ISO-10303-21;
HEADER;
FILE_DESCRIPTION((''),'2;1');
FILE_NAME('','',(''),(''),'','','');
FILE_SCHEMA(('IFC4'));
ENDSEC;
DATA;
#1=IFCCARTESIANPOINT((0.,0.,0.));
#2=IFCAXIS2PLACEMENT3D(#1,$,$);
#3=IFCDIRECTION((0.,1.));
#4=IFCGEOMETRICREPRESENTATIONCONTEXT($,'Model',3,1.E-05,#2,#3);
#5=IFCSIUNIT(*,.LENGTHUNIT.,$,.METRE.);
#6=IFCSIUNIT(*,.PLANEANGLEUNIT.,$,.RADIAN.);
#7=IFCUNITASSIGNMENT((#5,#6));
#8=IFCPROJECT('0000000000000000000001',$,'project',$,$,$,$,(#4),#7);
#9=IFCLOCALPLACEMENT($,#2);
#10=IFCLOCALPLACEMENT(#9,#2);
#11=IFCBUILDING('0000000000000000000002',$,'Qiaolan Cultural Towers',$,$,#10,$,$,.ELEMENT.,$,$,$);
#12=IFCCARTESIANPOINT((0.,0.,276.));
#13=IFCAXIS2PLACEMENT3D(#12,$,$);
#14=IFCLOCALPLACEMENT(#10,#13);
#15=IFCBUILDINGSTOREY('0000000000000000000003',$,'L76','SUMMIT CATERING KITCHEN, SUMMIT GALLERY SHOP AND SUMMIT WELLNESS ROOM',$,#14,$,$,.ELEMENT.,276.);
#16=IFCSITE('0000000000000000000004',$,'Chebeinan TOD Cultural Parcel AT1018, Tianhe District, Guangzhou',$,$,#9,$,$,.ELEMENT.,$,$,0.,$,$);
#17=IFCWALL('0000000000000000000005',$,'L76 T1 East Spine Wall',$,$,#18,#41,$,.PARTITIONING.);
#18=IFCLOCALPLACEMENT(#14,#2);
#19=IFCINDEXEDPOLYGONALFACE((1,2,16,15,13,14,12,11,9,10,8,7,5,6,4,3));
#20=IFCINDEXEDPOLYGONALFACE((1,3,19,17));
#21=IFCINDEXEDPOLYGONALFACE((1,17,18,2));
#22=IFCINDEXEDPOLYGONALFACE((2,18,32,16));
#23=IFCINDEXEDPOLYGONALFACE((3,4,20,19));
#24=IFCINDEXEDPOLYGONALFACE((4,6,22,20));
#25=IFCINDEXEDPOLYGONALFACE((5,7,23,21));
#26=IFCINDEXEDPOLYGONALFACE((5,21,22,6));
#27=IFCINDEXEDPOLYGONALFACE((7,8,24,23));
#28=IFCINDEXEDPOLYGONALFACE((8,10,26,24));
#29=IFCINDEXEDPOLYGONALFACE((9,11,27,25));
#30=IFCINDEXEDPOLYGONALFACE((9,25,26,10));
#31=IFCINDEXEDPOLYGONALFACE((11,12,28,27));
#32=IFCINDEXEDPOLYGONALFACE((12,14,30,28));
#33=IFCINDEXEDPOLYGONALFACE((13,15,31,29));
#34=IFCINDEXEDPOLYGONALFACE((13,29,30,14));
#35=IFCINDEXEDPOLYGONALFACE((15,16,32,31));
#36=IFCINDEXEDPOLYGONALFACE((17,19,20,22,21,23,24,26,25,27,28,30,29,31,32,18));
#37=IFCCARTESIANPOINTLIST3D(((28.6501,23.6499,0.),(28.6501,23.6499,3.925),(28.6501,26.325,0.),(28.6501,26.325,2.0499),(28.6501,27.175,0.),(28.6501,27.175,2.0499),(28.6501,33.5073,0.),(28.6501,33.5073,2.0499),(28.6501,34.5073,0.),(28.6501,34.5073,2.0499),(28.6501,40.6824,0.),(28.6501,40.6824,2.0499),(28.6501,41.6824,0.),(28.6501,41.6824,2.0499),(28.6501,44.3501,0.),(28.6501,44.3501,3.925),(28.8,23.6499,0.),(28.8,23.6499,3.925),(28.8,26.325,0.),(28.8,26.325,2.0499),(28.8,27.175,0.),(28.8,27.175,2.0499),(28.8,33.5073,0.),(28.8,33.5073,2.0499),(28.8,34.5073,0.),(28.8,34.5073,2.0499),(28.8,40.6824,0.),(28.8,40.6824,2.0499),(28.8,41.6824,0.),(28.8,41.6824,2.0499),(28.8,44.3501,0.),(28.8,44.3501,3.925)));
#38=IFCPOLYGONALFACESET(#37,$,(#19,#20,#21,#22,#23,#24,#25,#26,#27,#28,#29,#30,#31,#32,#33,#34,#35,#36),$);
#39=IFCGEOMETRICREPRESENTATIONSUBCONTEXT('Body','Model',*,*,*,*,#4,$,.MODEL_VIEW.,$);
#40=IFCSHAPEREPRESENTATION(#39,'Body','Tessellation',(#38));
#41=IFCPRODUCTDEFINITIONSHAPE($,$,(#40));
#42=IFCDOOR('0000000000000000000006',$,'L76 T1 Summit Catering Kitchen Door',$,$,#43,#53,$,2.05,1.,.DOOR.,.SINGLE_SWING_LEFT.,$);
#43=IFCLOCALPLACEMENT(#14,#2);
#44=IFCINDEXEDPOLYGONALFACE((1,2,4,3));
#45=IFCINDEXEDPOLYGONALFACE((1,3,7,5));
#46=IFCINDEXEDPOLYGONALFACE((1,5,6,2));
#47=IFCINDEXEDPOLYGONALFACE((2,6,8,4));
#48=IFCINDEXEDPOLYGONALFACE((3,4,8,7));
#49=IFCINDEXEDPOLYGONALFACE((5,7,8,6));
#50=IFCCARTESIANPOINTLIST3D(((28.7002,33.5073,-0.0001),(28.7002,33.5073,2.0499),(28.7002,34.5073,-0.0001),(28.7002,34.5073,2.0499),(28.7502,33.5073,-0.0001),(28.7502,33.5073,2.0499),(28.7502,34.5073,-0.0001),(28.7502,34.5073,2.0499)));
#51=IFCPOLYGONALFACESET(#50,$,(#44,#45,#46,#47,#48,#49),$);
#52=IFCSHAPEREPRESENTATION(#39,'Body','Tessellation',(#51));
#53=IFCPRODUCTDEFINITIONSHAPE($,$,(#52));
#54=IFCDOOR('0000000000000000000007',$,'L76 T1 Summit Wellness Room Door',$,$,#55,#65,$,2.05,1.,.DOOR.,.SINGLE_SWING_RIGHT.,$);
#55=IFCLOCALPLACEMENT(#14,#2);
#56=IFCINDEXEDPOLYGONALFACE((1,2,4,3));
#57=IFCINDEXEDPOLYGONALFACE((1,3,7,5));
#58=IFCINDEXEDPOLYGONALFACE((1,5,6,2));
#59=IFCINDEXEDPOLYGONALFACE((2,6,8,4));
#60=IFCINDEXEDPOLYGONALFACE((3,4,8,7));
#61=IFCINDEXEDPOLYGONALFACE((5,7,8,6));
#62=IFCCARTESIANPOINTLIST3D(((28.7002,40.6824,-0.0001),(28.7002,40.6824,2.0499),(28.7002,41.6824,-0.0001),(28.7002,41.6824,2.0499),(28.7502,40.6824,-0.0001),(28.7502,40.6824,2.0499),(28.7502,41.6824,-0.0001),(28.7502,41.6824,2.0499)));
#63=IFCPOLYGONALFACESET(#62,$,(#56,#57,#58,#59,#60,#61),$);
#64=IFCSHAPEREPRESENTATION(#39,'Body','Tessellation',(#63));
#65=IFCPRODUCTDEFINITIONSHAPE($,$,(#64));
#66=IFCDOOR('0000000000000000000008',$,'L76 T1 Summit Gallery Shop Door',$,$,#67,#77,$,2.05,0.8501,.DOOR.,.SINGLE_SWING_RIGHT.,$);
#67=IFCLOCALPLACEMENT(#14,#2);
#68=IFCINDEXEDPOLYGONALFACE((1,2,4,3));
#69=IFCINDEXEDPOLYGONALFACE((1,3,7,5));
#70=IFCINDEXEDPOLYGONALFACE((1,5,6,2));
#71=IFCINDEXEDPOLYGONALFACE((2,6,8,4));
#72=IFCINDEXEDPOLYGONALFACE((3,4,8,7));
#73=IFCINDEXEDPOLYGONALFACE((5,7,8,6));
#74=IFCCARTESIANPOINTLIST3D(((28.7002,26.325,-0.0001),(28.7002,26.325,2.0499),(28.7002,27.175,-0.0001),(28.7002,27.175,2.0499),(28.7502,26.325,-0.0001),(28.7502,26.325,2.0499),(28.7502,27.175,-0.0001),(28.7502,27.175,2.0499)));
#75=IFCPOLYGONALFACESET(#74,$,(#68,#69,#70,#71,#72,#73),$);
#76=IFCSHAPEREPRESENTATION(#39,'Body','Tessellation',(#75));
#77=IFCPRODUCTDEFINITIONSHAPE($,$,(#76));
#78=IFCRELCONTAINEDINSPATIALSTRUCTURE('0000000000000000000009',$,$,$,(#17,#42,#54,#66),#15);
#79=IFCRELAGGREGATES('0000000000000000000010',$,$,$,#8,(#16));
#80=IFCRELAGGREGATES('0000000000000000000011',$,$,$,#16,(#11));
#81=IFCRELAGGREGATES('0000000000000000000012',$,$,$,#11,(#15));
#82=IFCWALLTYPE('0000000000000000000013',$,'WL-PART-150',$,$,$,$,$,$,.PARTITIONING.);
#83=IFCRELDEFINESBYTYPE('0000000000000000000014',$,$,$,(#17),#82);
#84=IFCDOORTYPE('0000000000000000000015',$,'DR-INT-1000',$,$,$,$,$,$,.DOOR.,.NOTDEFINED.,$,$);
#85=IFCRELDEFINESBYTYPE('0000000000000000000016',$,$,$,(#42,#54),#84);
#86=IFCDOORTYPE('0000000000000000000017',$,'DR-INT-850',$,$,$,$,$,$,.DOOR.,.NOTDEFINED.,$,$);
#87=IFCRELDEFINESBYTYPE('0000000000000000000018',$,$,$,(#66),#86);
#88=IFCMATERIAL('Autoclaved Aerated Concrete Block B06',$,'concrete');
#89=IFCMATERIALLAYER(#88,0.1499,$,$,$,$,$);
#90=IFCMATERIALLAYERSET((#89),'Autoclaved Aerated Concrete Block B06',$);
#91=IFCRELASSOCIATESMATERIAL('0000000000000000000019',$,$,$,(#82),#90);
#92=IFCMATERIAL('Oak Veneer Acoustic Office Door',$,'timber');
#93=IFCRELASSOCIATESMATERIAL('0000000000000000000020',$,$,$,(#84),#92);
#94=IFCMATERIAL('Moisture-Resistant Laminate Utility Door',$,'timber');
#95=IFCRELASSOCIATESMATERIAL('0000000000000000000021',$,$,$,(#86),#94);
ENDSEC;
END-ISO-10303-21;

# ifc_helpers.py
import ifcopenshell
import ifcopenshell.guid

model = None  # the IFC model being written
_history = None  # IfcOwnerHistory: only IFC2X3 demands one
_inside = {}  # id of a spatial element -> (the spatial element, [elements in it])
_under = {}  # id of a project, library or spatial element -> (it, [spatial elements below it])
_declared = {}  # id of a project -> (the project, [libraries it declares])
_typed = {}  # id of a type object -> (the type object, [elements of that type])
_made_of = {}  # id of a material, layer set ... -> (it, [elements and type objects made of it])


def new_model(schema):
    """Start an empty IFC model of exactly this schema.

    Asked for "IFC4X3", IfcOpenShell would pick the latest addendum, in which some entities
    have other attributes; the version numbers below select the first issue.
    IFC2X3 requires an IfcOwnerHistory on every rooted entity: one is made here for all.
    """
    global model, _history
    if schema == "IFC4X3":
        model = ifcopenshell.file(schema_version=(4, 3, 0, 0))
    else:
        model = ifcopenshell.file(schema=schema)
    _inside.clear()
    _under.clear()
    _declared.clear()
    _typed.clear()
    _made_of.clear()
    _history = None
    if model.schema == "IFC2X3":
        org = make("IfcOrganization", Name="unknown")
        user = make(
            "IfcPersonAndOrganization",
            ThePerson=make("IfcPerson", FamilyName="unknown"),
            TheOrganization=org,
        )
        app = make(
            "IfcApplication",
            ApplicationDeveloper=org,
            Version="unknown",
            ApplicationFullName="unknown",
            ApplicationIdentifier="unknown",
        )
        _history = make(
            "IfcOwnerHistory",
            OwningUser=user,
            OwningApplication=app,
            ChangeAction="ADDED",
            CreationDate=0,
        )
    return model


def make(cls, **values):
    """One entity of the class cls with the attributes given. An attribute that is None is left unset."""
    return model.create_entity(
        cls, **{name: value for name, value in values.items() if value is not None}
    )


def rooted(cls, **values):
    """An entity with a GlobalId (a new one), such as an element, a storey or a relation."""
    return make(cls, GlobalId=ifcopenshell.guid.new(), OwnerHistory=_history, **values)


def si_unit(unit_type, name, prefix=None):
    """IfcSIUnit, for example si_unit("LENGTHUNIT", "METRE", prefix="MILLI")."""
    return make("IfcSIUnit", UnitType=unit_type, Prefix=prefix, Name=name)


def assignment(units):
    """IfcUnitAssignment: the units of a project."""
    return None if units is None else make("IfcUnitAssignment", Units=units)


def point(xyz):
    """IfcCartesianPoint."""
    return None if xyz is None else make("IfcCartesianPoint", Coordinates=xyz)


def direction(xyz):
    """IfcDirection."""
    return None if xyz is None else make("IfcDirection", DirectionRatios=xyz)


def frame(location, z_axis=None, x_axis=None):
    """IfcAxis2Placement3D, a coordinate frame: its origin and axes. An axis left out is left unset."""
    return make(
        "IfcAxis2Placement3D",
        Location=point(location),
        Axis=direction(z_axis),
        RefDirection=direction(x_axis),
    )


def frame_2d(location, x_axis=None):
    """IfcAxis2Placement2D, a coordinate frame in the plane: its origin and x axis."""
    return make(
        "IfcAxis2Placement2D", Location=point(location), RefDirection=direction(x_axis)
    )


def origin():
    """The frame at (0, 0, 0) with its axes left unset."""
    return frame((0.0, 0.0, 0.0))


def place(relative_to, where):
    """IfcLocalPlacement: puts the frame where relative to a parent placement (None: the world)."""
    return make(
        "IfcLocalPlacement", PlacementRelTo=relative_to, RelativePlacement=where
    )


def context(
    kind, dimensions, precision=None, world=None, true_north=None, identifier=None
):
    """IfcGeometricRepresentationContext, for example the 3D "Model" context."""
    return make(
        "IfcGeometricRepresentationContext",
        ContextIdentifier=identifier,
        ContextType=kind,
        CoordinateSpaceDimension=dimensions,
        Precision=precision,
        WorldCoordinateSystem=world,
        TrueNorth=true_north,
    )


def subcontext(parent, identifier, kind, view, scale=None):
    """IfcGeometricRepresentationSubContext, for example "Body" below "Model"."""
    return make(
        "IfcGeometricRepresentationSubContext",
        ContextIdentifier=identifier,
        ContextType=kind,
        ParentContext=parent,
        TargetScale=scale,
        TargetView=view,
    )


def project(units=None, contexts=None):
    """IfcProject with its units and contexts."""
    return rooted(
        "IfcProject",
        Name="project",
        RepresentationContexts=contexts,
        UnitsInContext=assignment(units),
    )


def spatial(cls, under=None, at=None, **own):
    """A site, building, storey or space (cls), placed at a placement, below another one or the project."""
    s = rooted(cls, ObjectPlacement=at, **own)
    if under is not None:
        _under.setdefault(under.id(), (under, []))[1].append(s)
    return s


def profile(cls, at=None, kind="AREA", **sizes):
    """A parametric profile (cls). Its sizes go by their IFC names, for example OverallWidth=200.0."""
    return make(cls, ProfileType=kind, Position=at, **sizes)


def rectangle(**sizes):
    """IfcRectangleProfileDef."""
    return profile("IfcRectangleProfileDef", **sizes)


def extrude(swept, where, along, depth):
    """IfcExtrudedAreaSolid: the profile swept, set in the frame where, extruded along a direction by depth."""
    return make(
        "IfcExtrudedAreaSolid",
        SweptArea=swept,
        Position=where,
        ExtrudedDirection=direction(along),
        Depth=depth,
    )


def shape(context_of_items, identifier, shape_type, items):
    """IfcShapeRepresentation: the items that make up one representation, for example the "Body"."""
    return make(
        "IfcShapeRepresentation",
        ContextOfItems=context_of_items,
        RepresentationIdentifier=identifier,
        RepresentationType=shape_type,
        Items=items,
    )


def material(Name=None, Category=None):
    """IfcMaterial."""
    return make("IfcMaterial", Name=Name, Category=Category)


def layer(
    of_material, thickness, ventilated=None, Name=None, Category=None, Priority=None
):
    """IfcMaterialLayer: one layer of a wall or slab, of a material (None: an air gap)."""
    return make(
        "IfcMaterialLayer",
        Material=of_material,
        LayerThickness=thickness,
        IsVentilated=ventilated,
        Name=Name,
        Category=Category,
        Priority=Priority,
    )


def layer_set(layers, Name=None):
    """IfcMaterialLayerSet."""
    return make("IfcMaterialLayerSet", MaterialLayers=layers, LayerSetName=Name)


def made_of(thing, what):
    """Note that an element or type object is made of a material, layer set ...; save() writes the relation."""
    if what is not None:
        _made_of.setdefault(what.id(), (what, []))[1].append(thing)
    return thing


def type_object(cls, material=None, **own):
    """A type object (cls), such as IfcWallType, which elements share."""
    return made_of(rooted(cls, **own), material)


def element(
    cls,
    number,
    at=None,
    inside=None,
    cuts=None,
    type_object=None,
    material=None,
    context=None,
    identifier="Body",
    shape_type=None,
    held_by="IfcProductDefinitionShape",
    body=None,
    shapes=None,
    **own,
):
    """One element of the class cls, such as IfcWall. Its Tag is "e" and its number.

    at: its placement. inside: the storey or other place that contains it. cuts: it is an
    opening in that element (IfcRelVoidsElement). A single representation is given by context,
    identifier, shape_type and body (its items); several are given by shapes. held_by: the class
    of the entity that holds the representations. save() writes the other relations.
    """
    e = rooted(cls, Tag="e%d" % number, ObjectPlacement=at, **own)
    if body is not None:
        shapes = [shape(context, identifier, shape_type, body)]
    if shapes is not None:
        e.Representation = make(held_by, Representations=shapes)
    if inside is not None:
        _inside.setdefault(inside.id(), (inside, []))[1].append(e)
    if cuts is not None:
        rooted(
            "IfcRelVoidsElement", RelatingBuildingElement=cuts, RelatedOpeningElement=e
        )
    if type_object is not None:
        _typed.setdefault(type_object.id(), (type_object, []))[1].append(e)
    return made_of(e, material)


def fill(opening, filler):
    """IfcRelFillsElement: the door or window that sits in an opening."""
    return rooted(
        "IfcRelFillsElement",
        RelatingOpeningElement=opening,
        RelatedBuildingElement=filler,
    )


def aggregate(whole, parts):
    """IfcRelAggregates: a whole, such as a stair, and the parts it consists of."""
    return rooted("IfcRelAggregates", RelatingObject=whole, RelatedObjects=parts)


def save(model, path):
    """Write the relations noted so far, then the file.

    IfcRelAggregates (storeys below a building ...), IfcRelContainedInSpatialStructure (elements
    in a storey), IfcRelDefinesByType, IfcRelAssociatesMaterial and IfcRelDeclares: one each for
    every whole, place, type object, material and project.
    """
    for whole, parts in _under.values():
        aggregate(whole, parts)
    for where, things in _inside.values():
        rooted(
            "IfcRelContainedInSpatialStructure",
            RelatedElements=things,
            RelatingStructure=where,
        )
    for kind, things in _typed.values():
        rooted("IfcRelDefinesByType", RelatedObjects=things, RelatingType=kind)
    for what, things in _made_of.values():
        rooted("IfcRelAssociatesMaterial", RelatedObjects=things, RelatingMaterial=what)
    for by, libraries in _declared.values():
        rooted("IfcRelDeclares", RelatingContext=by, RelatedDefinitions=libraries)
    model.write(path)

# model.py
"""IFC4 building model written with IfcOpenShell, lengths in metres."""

from ifc_helpers import new_model, si_unit, direction, frame, frame_2d, origin, place, context, subcontext, project, spatial, rectangle, extrude, material, layer, layer_set, type_object, element, fill, save


model = new_model("IFC4")

# Units and contexts
model_context = context("Model", 3, precision=1e-05, world=origin(), true_north=direction((0.0, 1.0)))
body_context = subcontext(model_context, "Body", "Model", "MODEL_VIEW")
ifc_project = project(units=[si_unit("LENGTHUNIT", "METRE"), si_unit("PLANEANGLEUNIT", "RADIAN")], contexts=[model_context])

# Site, building, storey
site_placement = place(None, origin())
site = spatial("IfcSite", under=ifc_project, at=site_placement, Name="Chebeinan TOD Cultural Parcel AT1018, Tianhe District, Guangzhou", CompositionType="ELEMENT", RefElevation=0.0)
building_placement = place(site_placement, origin())
building = spatial("IfcBuilding", under=site, at=building_placement, Name="Qiaolan Cultural Towers", CompositionType="ELEMENT")
storey_placement = place(building_placement, frame((0.0, 0.0, 276.0)))
storey = spatial("IfcBuildingStorey", under=building, at=storey_placement, Name="L76", Description="SUMMIT CATERING KITCHEN, SUMMIT GALLERY SHOP AND SUMMIT WELLNESS ROOM", CompositionType="ELEMENT", Elevation=276.0)

# Shared definitions
ifc_material_1 = material(Name="Autoclaved Aerated Concrete Block B06", Category="concrete")
ifc_layer_1 = layer(ifc_material_1, 0.1499)
ifc_layer_set_1 = layer_set([ifc_layer_1], Name="Autoclaved Aerated Concrete Block B06")
wall_type_1 = type_object("IfcWallType", Name="WL-PART-150", PredefinedType="PARTITIONING", material=ifc_layer_set_1)

# Wall, openings, doors
ifc_material_2 = material(Name="Oak Veneer Acoustic Office Door", Category="timber")
door_type_1 = type_object("IfcDoorType", Name="DR-INT-1000", OperationType="NOTDEFINED", PredefinedType="DOOR", material=ifc_material_2)
wall_1_placement = place(storey_placement, frame((28.7251, 23.6499, 0.0), z_axis=(0.0, 0.0, 1.0), x_axis=(0.0, 1.0, 0.0)))
wall_1 = element("IfcWall", 1, at=wall_1_placement, inside=storey, type_object=wall_type_1, Name="L76 T1 East Spine Wall", PredefinedType="PARTITIONING", context=body_context, shape_type="SweptSolid", body=[
    extrude(rectangle(XDim=20.7002, YDim=0.1499, at=frame_2d((10.3501, 0.0))), origin(), (0.0, 0.0, 1.0), 3.925),
])
opening_1_placement = place(wall_1_placement, frame((2.675, 0.0, 0.0)))
opening_1 = element("IfcOpeningElement", 2, at=opening_1_placement, cuts=wall_1, PredefinedType="OPENING", context=body_context, shape_type="SweptSolid", body=[
    extrude(rectangle(XDim=0.8501, YDim=2.05, at=frame_2d((0.425, 1.0249))), frame((0.0, 0.085, 0.0), z_axis=(0.0, -1.0, 0.0), x_axis=(1.0, 0.0, 0.0)), (0.0, 0.0, 1.0), 0.1699),
])
opening_2_placement = place(wall_1_placement, frame((9.8574, 0.0, 0.0)))
opening_2 = element("IfcOpeningElement", 3, at=opening_2_placement, cuts=wall_1, PredefinedType="OPENING", context=body_context, shape_type="SweptSolid", body=[
    extrude(rectangle(XDim=1.0, YDim=2.05, at=frame_2d((0.5, 1.0249))), frame((0.0, 0.085, 0.0), z_axis=(0.0, -1.0, 0.0), x_axis=(1.0, 0.0, 0.0)), (0.0, 0.0, 1.0), 0.1699),
])
opening_3_placement = place(wall_1_placement, frame((17.0325, 0.0, 0.0)))
opening_3 = element("IfcOpeningElement", 4, at=opening_3_placement, cuts=wall_1, PredefinedType="OPENING", context=body_context, shape_type="SweptSolid", body=[
    extrude(rectangle(XDim=1.0, YDim=2.05, at=frame_2d((0.5, 1.0249))), frame((0.0, 0.085, 0.0), z_axis=(0.0, -1.0, 0.0), x_axis=(1.0, 0.0, 0.0)), (0.0, 0.0, 1.0), 0.1699),
])
door_1_placement = place(opening_2_placement, origin())
door_1 = element("IfcDoor", 5, at=door_1_placement, inside=storey, type_object=door_type_1, Name="L76 T1 Summit Catering Kitchen Door", OperationType="SINGLE_SWING_LEFT", OverallHeight=2.05, OverallWidth=1.0, PredefinedType="DOOR", context=body_context, shape_type="SweptSolid", body=[
    extrude(rectangle(XDim=1.0, YDim=2.05, at=frame_2d((0.5, 1.0249))), frame((0.0, 0.0249, 0.0), z_axis=(0.0, -1.0, 0.0), x_axis=(1.0, 0.0, 0.0)), (0.0, 0.0, 1.0), 0.05),
])
fill(opening_2, door_1)
door_2_placement = place(opening_3_placement, origin())
door_2 = element("IfcDoor", 6, at=door_2_placement, inside=storey, type_object=door_type_1, Name="L76 T1 Summit Wellness Room Door", OperationType="SINGLE_SWING_RIGHT", OverallHeight=2.05, OverallWidth=1.0, PredefinedType="DOOR", context=body_context, shape_type="SweptSolid", body=[
    extrude(rectangle(XDim=1.0, YDim=2.05, at=frame_2d((0.5, 1.0249))), frame((0.0, 0.0249, 0.0), z_axis=(0.0, -1.0, 0.0), x_axis=(1.0, 0.0, 0.0)), (0.0, 0.0, 1.0), 0.05),
])
fill(opening_3, door_2)
ifc_material_3 = material(Name="Moisture-Resistant Laminate Utility Door", Category="timber")
door_type_2 = type_object("IfcDoorType", Name="DR-INT-850", OperationType="NOTDEFINED", PredefinedType="DOOR", material=ifc_material_3)
door_3_placement = place(opening_1_placement, origin())
door_3 = element("IfcDoor", 7, at=door_3_placement, inside=storey, type_object=door_type_2, Name="L76 T1 Summit Gallery Shop Door", OperationType="SINGLE_SWING_RIGHT", OverallHeight=2.05, OverallWidth=0.8501, PredefinedType="DOOR", context=body_context, shape_type="SweptSolid", body=[
    extrude(rectangle(XDim=0.8501, YDim=2.05, at=frame_2d((0.425, 1.0249))), frame((0.0, 0.0249, 0.0), z_axis=(0.0, -1.0, 0.0), x_axis=(1.0, 0.0, 0.0)), (0.0, 0.0, 1.0), 0.05),
])
fill(opening_1, door_3)

save(model, "model.ifc")
